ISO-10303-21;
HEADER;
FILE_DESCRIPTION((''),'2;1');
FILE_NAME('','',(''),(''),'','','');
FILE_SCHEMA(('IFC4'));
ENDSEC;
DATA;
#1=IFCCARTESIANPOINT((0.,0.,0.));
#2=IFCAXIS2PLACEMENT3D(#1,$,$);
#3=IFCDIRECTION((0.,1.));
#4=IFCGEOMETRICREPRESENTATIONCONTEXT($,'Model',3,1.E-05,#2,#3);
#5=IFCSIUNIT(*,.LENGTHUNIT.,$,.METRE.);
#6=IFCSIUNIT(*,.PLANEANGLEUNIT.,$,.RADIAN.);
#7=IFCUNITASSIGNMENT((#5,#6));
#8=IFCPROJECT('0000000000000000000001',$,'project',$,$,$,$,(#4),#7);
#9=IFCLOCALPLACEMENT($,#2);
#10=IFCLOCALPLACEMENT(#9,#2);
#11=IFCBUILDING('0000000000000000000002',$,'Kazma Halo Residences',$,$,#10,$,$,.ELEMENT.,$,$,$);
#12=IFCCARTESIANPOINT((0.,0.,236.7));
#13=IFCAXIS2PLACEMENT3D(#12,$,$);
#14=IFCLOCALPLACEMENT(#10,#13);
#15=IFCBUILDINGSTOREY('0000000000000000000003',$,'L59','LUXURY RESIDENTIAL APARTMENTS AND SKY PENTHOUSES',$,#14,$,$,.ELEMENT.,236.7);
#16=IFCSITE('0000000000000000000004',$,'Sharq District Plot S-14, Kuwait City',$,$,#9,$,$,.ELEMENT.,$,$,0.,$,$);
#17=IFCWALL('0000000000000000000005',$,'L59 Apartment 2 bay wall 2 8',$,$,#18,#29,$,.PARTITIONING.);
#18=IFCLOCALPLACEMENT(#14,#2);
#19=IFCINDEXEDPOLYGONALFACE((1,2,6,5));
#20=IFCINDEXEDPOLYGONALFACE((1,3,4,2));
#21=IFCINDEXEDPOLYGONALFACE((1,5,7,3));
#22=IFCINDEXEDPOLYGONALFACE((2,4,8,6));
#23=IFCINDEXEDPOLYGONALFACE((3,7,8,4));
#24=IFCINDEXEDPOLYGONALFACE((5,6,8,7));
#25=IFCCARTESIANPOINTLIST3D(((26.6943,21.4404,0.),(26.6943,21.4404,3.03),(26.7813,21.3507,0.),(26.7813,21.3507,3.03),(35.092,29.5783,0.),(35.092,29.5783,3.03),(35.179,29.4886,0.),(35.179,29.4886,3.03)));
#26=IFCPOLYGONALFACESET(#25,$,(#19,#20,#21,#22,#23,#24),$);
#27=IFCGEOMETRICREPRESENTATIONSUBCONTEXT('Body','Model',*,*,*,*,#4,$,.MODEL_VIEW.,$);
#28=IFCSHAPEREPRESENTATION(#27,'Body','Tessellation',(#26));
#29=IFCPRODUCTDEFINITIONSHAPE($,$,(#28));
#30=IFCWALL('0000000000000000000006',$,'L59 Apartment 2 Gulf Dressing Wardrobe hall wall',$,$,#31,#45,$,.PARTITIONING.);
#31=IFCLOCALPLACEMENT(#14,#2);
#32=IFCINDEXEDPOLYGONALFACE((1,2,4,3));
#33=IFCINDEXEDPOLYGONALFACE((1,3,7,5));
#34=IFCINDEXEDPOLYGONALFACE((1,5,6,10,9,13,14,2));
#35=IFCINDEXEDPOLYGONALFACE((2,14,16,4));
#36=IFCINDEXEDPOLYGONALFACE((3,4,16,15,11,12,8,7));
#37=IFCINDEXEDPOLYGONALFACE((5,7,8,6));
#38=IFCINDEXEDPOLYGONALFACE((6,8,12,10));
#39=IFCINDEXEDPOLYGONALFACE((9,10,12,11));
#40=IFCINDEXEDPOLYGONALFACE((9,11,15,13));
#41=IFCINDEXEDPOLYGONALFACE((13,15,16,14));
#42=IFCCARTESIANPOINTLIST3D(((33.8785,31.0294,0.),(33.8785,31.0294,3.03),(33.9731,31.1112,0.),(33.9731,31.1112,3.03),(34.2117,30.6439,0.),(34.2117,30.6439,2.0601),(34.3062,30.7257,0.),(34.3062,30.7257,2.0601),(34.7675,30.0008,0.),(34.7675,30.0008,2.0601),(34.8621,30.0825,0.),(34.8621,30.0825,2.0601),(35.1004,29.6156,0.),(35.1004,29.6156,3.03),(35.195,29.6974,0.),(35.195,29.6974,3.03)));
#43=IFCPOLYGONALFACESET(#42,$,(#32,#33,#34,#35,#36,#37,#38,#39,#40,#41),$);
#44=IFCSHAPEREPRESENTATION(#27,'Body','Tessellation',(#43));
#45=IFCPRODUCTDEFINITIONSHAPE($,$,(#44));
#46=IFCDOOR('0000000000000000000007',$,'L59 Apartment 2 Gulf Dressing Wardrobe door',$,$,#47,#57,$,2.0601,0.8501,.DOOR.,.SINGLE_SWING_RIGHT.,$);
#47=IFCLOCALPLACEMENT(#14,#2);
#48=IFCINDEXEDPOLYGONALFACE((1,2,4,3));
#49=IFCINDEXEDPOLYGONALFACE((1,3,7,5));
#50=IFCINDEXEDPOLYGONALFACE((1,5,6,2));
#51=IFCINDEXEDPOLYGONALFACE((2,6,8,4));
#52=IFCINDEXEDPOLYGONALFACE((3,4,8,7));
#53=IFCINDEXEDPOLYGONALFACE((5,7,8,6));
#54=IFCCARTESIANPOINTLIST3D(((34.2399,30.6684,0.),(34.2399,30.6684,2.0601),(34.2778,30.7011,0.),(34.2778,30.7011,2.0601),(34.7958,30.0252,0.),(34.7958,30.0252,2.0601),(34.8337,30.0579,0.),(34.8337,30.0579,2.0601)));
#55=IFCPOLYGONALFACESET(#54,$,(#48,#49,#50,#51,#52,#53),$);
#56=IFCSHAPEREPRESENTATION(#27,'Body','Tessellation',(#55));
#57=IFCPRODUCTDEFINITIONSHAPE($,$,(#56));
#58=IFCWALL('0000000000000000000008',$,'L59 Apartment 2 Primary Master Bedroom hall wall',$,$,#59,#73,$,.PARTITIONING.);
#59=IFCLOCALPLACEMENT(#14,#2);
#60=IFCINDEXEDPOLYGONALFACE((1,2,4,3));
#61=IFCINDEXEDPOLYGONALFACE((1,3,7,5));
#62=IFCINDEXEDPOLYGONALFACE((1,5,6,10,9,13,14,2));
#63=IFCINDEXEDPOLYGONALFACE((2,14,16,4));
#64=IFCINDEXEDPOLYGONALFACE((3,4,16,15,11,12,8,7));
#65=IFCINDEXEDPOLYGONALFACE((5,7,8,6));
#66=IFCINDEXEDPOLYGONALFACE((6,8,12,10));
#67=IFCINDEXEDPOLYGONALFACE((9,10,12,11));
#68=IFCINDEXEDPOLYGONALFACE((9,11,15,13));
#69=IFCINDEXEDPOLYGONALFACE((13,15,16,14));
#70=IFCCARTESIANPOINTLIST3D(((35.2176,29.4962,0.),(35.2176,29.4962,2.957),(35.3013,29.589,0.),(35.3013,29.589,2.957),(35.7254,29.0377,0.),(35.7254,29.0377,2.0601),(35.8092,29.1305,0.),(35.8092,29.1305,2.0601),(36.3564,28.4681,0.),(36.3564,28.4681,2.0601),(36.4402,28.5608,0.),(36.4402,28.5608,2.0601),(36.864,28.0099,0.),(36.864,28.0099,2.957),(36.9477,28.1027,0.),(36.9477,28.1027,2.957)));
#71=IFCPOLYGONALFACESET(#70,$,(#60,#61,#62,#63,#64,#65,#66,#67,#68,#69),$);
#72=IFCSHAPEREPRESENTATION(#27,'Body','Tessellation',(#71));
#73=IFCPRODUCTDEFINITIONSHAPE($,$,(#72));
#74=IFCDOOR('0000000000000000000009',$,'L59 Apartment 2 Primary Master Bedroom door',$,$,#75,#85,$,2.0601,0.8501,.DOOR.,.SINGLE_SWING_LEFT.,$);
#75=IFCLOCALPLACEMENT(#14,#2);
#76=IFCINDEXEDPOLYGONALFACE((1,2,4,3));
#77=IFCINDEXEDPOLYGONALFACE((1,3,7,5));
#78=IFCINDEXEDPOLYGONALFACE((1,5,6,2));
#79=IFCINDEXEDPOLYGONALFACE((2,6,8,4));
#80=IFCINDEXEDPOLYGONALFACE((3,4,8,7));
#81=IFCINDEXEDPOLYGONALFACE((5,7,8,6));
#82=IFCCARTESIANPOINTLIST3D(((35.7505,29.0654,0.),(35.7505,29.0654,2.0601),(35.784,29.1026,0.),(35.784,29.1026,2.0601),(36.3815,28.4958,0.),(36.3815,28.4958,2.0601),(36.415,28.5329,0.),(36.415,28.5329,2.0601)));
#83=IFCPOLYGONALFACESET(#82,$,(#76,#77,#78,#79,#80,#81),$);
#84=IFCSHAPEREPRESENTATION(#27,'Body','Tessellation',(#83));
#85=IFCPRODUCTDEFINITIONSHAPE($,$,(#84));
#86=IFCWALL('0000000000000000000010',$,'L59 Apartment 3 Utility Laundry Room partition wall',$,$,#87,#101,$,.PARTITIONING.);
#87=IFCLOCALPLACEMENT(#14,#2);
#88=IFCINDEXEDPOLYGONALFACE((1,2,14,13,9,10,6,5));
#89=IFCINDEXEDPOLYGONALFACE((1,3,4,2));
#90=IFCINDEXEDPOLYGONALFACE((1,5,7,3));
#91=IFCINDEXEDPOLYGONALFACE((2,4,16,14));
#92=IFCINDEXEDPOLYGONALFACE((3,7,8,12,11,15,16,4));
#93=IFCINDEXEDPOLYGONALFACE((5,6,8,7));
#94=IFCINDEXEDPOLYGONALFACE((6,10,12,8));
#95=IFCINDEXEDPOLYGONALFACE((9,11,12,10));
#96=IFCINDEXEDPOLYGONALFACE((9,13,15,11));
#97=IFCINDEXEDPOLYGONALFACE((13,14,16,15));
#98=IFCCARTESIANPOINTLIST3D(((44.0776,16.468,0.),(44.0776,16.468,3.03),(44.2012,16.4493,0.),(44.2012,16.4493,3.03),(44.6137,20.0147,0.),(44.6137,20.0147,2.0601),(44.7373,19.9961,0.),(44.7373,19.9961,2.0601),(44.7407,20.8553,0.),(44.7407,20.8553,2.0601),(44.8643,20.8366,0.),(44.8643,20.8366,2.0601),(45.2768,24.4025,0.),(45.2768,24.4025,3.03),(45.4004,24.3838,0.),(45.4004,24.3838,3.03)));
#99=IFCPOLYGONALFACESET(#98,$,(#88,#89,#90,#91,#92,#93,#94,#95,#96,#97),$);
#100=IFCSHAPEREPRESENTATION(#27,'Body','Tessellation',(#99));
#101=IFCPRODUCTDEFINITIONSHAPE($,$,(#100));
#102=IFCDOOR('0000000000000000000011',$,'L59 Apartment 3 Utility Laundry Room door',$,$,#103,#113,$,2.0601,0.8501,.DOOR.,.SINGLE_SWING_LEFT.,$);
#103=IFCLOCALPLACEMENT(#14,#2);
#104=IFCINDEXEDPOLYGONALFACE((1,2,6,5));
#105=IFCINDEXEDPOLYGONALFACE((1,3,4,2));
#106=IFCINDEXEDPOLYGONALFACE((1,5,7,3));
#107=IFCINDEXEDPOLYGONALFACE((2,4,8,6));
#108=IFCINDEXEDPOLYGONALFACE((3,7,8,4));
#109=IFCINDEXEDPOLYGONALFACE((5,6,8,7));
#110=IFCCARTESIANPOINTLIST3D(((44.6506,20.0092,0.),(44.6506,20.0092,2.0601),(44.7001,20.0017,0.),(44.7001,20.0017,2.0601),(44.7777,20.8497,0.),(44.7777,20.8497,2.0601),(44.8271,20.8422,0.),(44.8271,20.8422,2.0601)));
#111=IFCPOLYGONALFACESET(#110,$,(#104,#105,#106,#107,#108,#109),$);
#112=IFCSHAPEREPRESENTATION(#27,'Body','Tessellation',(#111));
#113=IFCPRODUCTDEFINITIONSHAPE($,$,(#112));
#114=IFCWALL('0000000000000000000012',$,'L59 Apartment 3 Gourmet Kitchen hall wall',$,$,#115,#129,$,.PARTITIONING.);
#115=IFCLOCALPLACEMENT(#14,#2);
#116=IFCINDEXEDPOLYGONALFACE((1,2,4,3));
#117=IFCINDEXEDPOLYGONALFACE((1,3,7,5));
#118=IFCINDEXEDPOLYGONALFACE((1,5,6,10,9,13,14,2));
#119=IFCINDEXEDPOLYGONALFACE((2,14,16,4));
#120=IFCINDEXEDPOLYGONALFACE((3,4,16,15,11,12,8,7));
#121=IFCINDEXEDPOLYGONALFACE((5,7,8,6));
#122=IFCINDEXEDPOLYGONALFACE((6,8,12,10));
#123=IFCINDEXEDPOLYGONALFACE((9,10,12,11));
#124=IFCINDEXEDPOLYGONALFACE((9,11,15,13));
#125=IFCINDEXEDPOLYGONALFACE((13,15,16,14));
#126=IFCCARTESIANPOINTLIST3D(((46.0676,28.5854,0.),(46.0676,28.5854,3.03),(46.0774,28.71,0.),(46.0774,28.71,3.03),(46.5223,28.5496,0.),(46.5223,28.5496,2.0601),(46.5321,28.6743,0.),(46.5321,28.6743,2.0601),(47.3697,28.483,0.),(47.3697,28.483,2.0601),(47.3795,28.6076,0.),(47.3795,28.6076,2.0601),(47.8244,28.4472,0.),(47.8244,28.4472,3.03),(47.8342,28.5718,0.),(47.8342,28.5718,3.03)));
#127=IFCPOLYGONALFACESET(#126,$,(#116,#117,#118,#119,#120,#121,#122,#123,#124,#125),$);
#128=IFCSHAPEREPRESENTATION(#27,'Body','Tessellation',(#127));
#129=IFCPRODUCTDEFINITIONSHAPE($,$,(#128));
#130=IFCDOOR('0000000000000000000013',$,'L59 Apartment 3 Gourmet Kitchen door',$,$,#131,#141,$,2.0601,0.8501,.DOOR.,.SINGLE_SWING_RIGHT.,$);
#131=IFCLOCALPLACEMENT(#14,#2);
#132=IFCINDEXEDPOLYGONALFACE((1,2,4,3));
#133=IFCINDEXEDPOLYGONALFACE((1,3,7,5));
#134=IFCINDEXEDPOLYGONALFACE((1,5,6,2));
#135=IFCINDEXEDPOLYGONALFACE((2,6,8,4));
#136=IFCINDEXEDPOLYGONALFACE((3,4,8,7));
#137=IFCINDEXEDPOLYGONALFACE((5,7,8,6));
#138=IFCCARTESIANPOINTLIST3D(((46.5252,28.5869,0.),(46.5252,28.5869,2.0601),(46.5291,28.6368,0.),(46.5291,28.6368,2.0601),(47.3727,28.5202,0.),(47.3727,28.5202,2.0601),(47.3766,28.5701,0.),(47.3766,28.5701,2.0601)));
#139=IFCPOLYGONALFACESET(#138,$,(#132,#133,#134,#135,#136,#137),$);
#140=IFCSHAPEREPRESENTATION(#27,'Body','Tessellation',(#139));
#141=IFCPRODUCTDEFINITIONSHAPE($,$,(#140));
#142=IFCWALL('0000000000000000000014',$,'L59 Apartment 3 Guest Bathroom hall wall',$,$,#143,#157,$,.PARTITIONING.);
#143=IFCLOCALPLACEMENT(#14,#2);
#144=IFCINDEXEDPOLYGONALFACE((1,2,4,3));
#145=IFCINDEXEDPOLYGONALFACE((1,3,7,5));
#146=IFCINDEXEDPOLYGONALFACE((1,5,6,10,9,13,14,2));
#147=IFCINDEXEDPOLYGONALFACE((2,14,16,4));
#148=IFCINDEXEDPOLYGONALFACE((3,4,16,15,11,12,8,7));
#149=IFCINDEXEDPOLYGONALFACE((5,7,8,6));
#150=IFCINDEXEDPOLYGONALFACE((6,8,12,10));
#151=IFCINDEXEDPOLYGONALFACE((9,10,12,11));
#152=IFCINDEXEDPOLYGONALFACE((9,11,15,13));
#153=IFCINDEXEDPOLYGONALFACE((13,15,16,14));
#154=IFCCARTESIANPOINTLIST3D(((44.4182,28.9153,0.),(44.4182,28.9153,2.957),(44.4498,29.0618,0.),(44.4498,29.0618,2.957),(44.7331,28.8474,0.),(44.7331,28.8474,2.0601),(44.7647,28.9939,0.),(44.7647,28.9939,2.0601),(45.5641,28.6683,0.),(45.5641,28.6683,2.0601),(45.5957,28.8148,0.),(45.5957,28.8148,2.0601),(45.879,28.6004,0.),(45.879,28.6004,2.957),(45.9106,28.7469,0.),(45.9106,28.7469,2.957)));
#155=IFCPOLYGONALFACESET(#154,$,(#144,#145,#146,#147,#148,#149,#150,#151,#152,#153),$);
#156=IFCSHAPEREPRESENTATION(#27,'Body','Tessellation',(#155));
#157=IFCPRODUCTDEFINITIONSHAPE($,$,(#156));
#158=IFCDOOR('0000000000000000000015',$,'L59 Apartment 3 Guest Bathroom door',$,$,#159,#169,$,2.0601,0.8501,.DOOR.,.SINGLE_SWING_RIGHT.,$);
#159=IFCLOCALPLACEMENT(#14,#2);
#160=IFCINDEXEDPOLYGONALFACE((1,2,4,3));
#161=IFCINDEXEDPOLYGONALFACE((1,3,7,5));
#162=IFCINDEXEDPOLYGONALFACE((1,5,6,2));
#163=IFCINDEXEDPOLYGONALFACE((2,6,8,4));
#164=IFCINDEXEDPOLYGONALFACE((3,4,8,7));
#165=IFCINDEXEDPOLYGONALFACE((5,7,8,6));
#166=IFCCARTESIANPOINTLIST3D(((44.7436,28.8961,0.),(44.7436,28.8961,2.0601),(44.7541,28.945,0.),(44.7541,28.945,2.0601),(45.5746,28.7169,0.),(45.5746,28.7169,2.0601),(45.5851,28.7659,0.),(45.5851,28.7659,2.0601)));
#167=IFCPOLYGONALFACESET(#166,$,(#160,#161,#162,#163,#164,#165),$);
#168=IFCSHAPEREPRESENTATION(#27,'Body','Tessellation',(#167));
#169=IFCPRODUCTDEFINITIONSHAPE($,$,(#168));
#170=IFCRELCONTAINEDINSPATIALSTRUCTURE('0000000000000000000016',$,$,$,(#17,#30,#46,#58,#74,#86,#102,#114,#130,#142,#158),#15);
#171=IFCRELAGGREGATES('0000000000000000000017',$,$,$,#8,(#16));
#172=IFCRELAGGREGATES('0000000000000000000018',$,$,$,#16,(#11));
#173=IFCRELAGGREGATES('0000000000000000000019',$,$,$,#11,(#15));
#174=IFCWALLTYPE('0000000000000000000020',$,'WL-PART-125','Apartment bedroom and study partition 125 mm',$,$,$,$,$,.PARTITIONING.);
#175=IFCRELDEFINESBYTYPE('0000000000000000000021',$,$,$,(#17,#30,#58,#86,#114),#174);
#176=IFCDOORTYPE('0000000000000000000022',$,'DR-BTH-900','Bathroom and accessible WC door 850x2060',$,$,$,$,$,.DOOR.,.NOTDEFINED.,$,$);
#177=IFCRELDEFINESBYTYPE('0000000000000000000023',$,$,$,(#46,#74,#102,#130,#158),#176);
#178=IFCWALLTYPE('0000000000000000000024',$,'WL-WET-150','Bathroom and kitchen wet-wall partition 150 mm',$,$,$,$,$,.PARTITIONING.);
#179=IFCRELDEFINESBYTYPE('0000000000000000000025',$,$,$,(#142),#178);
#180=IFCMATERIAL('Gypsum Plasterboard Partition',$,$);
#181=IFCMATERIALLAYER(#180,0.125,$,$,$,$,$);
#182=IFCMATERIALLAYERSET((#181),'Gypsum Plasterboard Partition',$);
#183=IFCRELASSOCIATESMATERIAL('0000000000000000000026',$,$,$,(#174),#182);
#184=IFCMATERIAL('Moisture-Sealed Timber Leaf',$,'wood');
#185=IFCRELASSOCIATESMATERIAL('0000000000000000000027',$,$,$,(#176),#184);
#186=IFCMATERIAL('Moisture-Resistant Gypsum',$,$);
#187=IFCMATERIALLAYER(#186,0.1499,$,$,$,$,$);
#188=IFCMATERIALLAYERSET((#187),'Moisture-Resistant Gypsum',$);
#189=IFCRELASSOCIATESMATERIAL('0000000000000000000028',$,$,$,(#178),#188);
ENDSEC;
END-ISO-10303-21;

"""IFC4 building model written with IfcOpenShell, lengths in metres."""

from ifc_helpers import new_model, si_unit, direction, frame, frame_2d, origin, place, context, subcontext, project, spatial, rectangle, extrude, material, layer, layer_set, type_object, element, fill, save


model = new_model("IFC4")

# Units and contexts
model_context = context("Model", 3, precision=1e-05, world=origin(), true_north=direction((0.0, 1.0)))
body_context = subcontext(model_context, "Body", "Model", "MODEL_VIEW")
ifc_project = project(units=[si_unit("LENGTHUNIT", "METRE"), si_unit("PLANEANGLEUNIT", "RADIAN")], contexts=[model_context])

# Site, building, storey
site_placement = place(None, origin())
site = spatial("IfcSite", under=ifc_project, at=site_placement, Name="Sharq District Plot S-14, Kuwait City", CompositionType="ELEMENT", RefElevation=0.0)
building_placement = place(site_placement, origin())
building = spatial("IfcBuilding", under=site, at=building_placement, Name="Kazma Halo Residences", CompositionType="ELEMENT")
storey_placement = place(building_placement, frame((0.0, 0.0, 236.7)))
storey = spatial("IfcBuildingStorey", under=building, at=storey_placement, Name="L59", Description="LUXURY RESIDENTIAL APARTMENTS AND SKY PENTHOUSES", CompositionType="ELEMENT", Elevation=236.7)

# Wall
ifc_material_1 = material(Name="Gypsum Plasterboard Partition")
ifc_layer_1 = layer(ifc_material_1, 0.125)
ifc_layer_set_1 = layer_set([ifc_layer_1], Name="Gypsum Plasterboard Partition")
wall_type_1 = type_object("IfcWallType", Name="WL-PART-125", Description="Apartment bedroom and study partition 125 mm", PredefinedType="PARTITIONING", material=ifc_layer_set_1)
wall_1_placement = place(storey_placement, frame((35.1355, 29.5334, 0.0), z_axis=(0.0, 0.0, 1.0), x_axis=(-0.718126, -0.695913, 0.0)))
element("IfcWall", 1, at=wall_1_placement, inside=storey, type_object=wall_type_1, Name="L59 Apartment 2 bay wall 2 8", PredefinedType="PARTITIONING", context=body_context, shape_type="SweptSolid", body=[
    extrude(rectangle(XDim=11.6938, YDim=0.125, at=frame_2d((5.8469, 0.0))), origin(), (0.0, 0.0, 1.0), 3.03),
])

# Walls, openings, doors
wall_2_placement = place(storey_placement, frame((33.9258, 31.0703, 0.0), z_axis=(0.0, 0.0, 1.0), x_axis=(0.653895, -0.756585, 0.0)))
wall_2 = element("IfcWall", 2, at=wall_2_placement, inside=storey, type_object=wall_type_1, Name="L59 Apartment 2 Gulf Dressing Wardrobe hall wall", PredefinedType="PARTITIONING", context=body_context, shape_type="SweptSolid", body=[
    extrude(rectangle(XDim=1.8687, YDim=0.125, at=frame_2d((0.9343, 0.0))), origin(), (0.0, 0.0, 1.0), 3.03),
])
opening_1_placement = place(wall_2_placement, frame((0.5095, 0.0, 0.0)))
opening_1 = element("IfcOpeningElement", 3, at=opening_1_placement, cuts=wall_2, PredefinedType="OPENING", context=body_context, shape_type="SweptSolid", body=[
    extrude(rectangle(XDim=0.8501, YDim=2.0601, at=frame_2d((0.425, 1.03))), frame((0.0, 0.0725, 0.0), z_axis=(0.0, -1.0, 0.0), x_axis=(1.0, 0.0, 0.0)), (0.0, 0.0, 1.0), 0.145),
])
ifc_material_2 = material(Name="Moisture-Sealed Timber Leaf", Category="wood")
door_type = type_object("IfcDoorType", Name="DR-BTH-900", Description="Bathroom and accessible WC door 850x2060", OperationType="NOTDEFINED", PredefinedType="DOOR", material=ifc_material_2)
door_1_placement = place(opening_1_placement, origin())
door_1 = element("IfcDoor", 4, at=door_1_placement, inside=storey, type_object=door_type, Name="L59 Apartment 2 Gulf Dressing Wardrobe door", OperationType="SINGLE_SWING_RIGHT", OverallHeight=2.0601, OverallWidth=0.8501, PredefinedType="DOOR", context=body_context, shape_type="SweptSolid", body=[
    extrude(rectangle(XDim=0.8501, YDim=2.0601, at=frame_2d((0.425, 1.03))), frame((0.0, 0.0249, 0.0), z_axis=(0.0, -1.0, 0.0), x_axis=(1.0, 0.0, 0.0)), (0.0, 0.0, 1.0), 0.05),
])
fill(opening_1, door_1)
wall_3_placement = place(storey_placement, frame((35.2595, 29.5425, 0.0), z_axis=(0.0, 0.0, 1.0), x_axis=(0.742286, -0.670083, 0.0)))
wall_3 = element("IfcWall", 5, at=wall_3_placement, inside=storey, type_object=wall_type_1, Name="L59 Apartment 2 Primary Master Bedroom hall wall", PredefinedType="PARTITIONING", context=body_context, shape_type="SweptSolid", body=[
    extrude(rectangle(XDim=2.218, YDim=0.125, at=frame_2d((1.1089, 0.0))), origin(), (0.0, 0.0, 1.0), 2.957),
])
opening_2_placement = place(wall_3_placement, frame((0.6841, 0.0, 0.0)))
opening_2 = element("IfcOpeningElement", 6, at=opening_2_placement, cuts=wall_3, PredefinedType="OPENING", context=body_context, shape_type="SweptSolid", body=[
    extrude(rectangle(XDim=0.8501, YDim=2.0601, at=frame_2d((0.425, 1.03))), frame((0.0, 0.0725, 0.0), z_axis=(0.0, -1.0, 0.0), x_axis=(1.0, 0.0, 0.0)), (0.0, 0.0, 1.0), 0.145),
])
door_2_placement = place(opening_2_placement, origin())
door_2 = element("IfcDoor", 7, at=door_2_placement, inside=storey, type_object=door_type, Name="L59 Apartment 2 Primary Master Bedroom door", OperationType="SINGLE_SWING_LEFT", OverallHeight=2.0601, OverallWidth=0.8501, PredefinedType="DOOR", context=body_context, shape_type="SweptSolid", body=[
    extrude(rectangle(XDim=0.8501, YDim=2.0601, at=frame_2d((0.425, 1.03))), frame((0.0, 0.0249, 0.0), z_axis=(0.0, -1.0, 0.0), x_axis=(1.0, 0.0, 0.0)), (0.0, 0.0, 1.0), 0.05),
])
fill(opening_2, door_2)
wall_4_placement = place(storey_placement, frame((45.3386, 24.3931, 0.0), z_axis=(0.0, 0.0, 1.0), x_axis=(-0.149441, -0.988771, 0.0)))
wall_4 = element("IfcWall", 8, at=wall_4_placement, inside=storey, type_object=wall_type_1, Name="L59 Apartment 3 Utility Laundry Room partition wall", PredefinedType="PARTITIONING", context=body_context, shape_type="SweptSolid", body=[
    extrude(rectangle(XDim=8.0247, YDim=0.125, at=frame_2d((4.0122, 0.0))), origin(), (0.0, 0.0, 1.0), 3.03),
])
opening_3_placement = place(wall_4_placement, frame((3.5874, 0.0, 0.0)))
opening_3 = element("IfcOpeningElement", 9, at=opening_3_placement, cuts=wall_4, PredefinedType="OPENING", context=body_context, shape_type="SweptSolid", body=[
    extrude(rectangle(XDim=0.8501, YDim=2.0601, at=frame_2d((0.425, 1.03))), frame((0.0, 0.0725, 0.0), z_axis=(0.0, -1.0, 0.0), x_axis=(1.0, 0.0, 0.0)), (0.0, 0.0, 1.0), 0.145),
])
door_3_placement = place(opening_3_placement, origin())
door_3 = element("IfcDoor", 10, at=door_3_placement, inside=storey, type_object=door_type, Name="L59 Apartment 3 Utility Laundry Room door", OperationType="SINGLE_SWING_LEFT", OverallHeight=2.0601, OverallWidth=0.8501, PredefinedType="DOOR", context=body_context, shape_type="SweptSolid", body=[
    extrude(rectangle(XDim=0.8501, YDim=2.0601, at=frame_2d((0.425, 1.03))), frame((0.0, 0.0249, 0.0), z_axis=(0.0, -1.0, 0.0), x_axis=(1.0, 0.0, 0.0)), (0.0, 0.0, 1.0), 0.05),
])
fill(opening_3, door_3)
wall_5_placement = place(storey_placement, frame((46.0725, 28.6477, 0.0), z_axis=(0.0, 0.0, 1.0), x_axis=(0.996921, -0.078413, 0.0)))
wall_5 = element("IfcWall", 11, at=wall_5_placement, inside=storey, type_object=wall_type_1, Name="L59 Apartment 3 Gourmet Kitchen hall wall", PredefinedType="PARTITIONING", context=body_context, shape_type="SweptSolid", body=[
    extrude(rectangle(XDim=1.7622, YDim=0.125, at=frame_2d((0.8811, 0.0))), origin(), (0.0, 0.0, 1.0), 3.03),
])
opening_4_placement = place(wall_5_placement, frame((0.4561, 0.0, 0.0)))
opening_4 = element("IfcOpeningElement", 12, at=opening_4_placement, cuts=wall_5, PredefinedType="OPENING", context=body_context, shape_type="SweptSolid", body=[
    extrude(rectangle(XDim=0.8501, YDim=2.0601, at=frame_2d((0.425, 1.03))), frame((0.0, 0.0725, 0.0), z_axis=(0.0, -1.0, 0.0), x_axis=(1.0, 0.0, 0.0)), (0.0, 0.0, 1.0), 0.145),
])
door_4_placement = place(opening_4_placement, origin())
door_4 = element("IfcDoor", 13, at=door_4_placement, inside=storey, type_object=door_type, Name="L59 Apartment 3 Gourmet Kitchen door", OperationType="SINGLE_SWING_RIGHT", OverallHeight=2.0601, OverallWidth=0.8501, PredefinedType="DOOR", context=body_context, shape_type="SweptSolid", body=[
    extrude(rectangle(XDim=0.8501, YDim=2.0601, at=frame_2d((0.425, 1.03))), frame((0.0, 0.0249, 0.0), z_axis=(0.0, -1.0, 0.0), x_axis=(1.0, 0.0, 0.0)), (0.0, 0.0, 1.0), 0.05),
])
fill(opening_4, door_4)
ifc_material_3 = material(Name="Moisture-Resistant Gypsum")
ifc_layer_2 = layer(ifc_material_3, 0.1499)
ifc_layer_set_2 = layer_set([ifc_layer_2], Name="Moisture-Resistant Gypsum")
wall_type_2 = type_object("IfcWallType", Name="WL-WET-150", Description="Bathroom and kitchen wet-wall partition 150 mm", PredefinedType="PARTITIONING", material=ifc_layer_set_2)
wall_6_placement = place(storey_placement, frame((44.4341, 28.9885, 0.0), z_axis=(0.0, 0.0, 1.0), x_axis=(0.977543, -0.210734, 0.0)))
wall_6 = element("IfcWall", 14, at=wall_6_placement, inside=storey, type_object=wall_type_2, Name="L59 Apartment 3 Guest Bathroom hall wall", PredefinedType="PARTITIONING", context=body_context, shape_type="SweptSolid", body=[
    extrude(rectangle(XDim=1.4944, YDim=0.1499, at=frame_2d((0.7471, 0.0))), origin(), (0.0, 0.0, 1.0), 2.957),
])
opening_5_placement = place(wall_6_placement, frame((0.322, 0.0, 0.0)))
opening_5 = element("IfcOpeningElement", 15, at=opening_5_placement, cuts=wall_6, PredefinedType="OPENING", context=body_context, shape_type="SweptSolid", body=[
    extrude(rectangle(XDim=0.8501, YDim=2.0601, at=frame_2d((0.425, 1.03))), frame((0.0, 0.085, 0.0), z_axis=(0.0, -1.0, 0.0), x_axis=(1.0, 0.0, 0.0)), (0.0, 0.0, 1.0), 0.1699),
])
door_5_placement = place(opening_5_placement, origin())
door_5 = element("IfcDoor", 16, at=door_5_placement, inside=storey, type_object=door_type, Name="L59 Apartment 3 Guest Bathroom door", OperationType="SINGLE_SWING_RIGHT", OverallHeight=2.0601, OverallWidth=0.8501, PredefinedType="DOOR", context=body_context, shape_type="SweptSolid", body=[
    extrude(rectangle(XDim=0.8501, YDim=2.0601, at=frame_2d((0.425, 1.03))), frame((0.0, 0.0249, 0.0), z_axis=(0.0, -1.0, 0.0), x_axis=(1.0, 0.0, 0.0)), (0.0, 0.0, 1.0), 0.05),
])
fill(opening_5, door_5)

save(model, "model.ifc")
